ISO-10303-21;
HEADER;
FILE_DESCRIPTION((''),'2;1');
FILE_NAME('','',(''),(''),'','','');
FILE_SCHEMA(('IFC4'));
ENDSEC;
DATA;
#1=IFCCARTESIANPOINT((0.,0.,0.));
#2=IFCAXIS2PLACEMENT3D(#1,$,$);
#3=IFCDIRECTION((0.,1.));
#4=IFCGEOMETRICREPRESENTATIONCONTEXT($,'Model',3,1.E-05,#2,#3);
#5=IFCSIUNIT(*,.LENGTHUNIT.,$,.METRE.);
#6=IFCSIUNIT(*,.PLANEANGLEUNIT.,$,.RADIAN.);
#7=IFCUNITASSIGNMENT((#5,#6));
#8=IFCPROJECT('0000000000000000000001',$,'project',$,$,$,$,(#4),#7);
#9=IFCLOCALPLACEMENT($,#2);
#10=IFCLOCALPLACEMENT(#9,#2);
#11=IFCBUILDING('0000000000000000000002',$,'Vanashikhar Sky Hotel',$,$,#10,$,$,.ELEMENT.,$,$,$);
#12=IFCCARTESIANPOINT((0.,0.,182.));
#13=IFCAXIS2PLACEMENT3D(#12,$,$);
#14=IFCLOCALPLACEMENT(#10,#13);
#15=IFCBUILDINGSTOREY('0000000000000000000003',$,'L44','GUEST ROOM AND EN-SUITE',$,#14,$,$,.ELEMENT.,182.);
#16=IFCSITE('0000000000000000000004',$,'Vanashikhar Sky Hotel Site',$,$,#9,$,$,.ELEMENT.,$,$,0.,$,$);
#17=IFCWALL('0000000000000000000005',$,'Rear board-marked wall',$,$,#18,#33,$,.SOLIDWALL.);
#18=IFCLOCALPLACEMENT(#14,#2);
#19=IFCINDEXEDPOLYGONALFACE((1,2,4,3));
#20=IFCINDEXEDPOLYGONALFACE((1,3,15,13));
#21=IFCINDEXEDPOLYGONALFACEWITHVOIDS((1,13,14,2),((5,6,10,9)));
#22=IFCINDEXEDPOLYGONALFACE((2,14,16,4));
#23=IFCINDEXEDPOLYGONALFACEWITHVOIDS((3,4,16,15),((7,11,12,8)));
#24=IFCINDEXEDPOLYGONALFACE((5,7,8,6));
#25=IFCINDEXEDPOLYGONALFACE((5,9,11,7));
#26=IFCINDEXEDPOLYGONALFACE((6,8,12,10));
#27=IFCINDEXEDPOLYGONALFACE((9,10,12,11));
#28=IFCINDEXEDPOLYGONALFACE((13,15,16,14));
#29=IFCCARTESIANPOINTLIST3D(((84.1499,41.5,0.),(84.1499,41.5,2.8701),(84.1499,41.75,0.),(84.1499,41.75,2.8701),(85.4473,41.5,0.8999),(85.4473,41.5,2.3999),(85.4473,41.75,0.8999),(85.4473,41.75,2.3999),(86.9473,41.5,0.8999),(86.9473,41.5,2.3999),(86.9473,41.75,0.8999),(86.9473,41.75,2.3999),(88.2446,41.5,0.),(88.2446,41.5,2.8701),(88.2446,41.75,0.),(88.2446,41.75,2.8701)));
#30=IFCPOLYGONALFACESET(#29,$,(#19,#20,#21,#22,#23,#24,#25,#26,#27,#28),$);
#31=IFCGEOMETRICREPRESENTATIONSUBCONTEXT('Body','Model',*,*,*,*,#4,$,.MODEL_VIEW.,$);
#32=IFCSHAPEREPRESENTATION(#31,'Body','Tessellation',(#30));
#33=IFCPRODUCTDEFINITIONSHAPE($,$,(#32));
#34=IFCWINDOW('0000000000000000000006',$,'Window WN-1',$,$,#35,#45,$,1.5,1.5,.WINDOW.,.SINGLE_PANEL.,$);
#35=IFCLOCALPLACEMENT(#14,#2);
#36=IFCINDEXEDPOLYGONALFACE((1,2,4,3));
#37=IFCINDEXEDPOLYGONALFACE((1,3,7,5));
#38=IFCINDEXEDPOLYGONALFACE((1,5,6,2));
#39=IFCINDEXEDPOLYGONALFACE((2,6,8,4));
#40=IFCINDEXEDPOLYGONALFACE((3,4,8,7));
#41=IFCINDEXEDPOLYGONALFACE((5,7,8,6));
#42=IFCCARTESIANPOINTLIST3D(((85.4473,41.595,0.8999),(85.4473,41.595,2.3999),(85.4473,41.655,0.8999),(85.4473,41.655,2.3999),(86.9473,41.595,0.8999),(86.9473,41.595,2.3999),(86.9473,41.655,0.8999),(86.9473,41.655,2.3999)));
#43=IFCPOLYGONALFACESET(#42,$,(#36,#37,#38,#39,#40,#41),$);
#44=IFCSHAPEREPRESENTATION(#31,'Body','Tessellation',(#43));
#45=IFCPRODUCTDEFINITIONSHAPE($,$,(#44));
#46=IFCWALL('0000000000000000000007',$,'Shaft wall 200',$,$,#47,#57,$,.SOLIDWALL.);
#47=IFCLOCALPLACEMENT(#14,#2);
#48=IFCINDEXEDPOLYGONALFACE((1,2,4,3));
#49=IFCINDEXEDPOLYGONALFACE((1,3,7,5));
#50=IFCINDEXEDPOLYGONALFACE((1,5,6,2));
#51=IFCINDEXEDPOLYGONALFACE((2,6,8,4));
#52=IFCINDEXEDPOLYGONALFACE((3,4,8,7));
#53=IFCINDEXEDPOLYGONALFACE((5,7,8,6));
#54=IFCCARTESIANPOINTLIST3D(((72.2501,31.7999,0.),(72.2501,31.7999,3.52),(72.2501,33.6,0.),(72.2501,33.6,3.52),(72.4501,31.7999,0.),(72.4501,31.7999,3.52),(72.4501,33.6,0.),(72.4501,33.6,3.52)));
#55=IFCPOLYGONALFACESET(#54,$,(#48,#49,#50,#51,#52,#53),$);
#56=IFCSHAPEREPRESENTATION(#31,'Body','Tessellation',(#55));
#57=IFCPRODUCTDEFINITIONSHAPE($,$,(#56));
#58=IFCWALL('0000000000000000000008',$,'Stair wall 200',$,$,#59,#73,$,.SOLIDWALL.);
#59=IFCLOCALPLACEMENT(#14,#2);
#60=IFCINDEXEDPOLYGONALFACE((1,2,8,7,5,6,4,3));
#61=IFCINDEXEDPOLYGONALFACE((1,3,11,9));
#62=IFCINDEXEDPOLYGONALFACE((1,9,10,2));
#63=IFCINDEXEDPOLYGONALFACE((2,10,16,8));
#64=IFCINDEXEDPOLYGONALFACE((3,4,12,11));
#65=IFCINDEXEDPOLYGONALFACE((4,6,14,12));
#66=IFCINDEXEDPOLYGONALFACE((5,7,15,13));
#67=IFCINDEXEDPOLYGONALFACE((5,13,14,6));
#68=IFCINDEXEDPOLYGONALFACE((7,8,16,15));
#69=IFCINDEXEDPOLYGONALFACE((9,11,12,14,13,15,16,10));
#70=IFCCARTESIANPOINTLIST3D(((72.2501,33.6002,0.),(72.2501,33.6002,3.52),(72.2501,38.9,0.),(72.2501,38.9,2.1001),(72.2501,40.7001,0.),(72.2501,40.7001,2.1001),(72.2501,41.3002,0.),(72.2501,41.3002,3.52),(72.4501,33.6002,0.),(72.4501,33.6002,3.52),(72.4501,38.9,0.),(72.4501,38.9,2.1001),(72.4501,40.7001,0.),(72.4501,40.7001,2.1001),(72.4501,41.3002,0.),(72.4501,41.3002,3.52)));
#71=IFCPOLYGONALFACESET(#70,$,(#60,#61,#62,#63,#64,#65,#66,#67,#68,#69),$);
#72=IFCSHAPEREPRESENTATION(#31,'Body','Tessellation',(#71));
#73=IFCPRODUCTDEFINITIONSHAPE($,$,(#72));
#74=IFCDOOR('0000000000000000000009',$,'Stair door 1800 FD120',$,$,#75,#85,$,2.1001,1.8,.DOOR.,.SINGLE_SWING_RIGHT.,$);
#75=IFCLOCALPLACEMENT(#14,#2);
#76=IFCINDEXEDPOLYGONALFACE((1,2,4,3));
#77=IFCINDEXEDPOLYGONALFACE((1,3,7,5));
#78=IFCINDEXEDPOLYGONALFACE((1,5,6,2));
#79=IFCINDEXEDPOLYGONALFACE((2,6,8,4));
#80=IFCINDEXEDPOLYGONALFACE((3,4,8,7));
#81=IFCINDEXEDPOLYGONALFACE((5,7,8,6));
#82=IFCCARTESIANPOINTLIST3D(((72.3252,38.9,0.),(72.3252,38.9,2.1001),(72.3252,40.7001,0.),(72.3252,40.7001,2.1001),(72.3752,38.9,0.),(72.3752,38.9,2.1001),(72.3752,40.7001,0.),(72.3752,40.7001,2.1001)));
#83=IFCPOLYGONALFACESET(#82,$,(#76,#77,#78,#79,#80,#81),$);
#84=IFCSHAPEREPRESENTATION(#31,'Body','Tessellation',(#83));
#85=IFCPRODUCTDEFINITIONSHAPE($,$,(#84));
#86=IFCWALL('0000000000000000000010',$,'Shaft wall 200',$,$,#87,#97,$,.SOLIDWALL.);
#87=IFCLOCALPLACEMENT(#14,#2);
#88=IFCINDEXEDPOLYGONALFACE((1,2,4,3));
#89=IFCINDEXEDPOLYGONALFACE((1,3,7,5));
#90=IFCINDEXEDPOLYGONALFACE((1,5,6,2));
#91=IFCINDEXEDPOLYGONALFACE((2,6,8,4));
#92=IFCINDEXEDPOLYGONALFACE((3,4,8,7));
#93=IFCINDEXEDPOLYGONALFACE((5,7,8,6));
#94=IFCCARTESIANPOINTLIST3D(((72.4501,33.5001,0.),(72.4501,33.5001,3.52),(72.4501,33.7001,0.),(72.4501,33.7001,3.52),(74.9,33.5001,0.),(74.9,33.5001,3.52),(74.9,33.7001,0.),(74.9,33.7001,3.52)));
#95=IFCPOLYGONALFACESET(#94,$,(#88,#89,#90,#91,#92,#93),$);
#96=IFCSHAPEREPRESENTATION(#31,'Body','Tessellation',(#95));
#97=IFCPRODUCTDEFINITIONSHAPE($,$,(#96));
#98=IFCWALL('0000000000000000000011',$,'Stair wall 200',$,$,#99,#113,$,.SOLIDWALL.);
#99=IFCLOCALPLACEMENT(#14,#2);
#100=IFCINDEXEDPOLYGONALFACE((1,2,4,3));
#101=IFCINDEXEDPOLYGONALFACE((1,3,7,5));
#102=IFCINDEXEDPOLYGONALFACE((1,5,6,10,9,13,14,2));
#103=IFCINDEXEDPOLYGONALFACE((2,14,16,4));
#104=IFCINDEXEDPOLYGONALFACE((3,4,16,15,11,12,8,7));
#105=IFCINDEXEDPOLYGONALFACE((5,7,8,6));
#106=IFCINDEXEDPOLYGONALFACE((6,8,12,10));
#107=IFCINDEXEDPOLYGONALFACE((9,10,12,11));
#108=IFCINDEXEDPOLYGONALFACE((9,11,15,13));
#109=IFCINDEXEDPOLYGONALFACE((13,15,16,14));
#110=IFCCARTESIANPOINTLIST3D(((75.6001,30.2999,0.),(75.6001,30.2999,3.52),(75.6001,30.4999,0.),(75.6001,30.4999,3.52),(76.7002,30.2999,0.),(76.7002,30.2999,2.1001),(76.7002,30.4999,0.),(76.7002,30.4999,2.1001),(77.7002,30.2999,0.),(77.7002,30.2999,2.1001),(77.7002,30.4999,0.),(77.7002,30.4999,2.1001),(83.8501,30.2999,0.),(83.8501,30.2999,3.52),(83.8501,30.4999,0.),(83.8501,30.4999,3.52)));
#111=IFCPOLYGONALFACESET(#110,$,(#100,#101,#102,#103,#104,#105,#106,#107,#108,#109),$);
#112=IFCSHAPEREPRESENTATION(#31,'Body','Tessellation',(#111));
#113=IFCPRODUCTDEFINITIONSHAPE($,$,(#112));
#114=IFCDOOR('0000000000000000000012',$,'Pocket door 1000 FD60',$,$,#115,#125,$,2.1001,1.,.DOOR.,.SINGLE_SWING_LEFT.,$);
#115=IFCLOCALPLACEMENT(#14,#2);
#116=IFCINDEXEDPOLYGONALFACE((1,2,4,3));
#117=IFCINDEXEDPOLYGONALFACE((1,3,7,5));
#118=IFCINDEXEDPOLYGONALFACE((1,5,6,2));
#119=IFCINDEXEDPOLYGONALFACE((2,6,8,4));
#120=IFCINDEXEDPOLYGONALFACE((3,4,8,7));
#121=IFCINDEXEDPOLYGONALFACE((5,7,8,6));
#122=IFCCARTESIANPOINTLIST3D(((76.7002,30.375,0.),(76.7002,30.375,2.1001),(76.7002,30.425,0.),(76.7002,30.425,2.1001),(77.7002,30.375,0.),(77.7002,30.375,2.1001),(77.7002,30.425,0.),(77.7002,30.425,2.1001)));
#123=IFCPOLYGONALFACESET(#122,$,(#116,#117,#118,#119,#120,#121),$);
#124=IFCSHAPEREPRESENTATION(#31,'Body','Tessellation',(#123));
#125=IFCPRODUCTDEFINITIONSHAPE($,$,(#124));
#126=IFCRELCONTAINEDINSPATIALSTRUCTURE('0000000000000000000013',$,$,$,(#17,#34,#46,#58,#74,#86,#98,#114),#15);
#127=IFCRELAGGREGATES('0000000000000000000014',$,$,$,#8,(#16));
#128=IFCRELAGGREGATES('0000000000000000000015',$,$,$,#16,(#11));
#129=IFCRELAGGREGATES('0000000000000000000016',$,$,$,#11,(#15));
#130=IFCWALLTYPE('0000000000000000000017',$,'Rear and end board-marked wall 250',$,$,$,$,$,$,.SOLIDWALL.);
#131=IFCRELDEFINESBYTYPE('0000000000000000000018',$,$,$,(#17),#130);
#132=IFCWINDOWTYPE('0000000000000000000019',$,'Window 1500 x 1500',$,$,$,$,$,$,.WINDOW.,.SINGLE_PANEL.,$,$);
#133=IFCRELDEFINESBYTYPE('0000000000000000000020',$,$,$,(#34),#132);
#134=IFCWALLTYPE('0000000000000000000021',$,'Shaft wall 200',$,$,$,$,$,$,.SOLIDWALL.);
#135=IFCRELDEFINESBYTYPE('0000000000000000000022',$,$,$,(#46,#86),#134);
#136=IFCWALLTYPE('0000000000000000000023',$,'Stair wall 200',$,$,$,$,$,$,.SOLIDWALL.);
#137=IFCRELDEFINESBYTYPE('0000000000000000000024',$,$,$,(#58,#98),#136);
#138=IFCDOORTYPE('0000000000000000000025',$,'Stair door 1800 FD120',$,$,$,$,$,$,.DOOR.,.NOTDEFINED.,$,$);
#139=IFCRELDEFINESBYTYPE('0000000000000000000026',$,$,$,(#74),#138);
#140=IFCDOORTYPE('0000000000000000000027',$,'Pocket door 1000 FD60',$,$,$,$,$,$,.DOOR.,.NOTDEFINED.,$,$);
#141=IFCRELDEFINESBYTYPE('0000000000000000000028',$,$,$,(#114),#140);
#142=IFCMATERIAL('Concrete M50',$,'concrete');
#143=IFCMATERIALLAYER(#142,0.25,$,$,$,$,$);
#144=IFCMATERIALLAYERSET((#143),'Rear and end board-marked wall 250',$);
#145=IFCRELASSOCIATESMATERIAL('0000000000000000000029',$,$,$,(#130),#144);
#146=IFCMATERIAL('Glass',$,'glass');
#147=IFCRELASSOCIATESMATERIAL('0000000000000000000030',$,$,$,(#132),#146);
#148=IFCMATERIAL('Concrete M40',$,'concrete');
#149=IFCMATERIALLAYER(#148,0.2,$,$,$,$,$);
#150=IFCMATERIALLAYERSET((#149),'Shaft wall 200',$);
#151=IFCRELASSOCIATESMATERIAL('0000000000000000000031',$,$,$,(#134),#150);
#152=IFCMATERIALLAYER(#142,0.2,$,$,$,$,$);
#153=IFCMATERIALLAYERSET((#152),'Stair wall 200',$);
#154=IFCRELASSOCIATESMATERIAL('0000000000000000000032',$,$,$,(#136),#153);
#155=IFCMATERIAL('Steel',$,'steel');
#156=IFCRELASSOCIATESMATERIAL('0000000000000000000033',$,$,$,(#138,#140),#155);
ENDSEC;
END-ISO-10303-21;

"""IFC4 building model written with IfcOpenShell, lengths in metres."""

from ifc_helpers import new_model, si_unit, direction, frame, frame_2d, origin, place, context, subcontext, project, spatial, rectangle, extrude, source, transform, mapped, material, layer, layer_set, type_object, element, fill, save


model = new_model("IFC4")

# Units and contexts
model_context = context("Model", 3, precision=1e-05, world=origin(), true_north=direction((0.0, 1.0)))
body_context = subcontext(model_context, "Body", "Model", "MODEL_VIEW")
ifc_project = project(units=[si_unit("LENGTHUNIT", "METRE"), si_unit("PLANEANGLEUNIT", "RADIAN")], contexts=[model_context])

# Site, building, storey
site_placement = place(None, origin())
site = spatial("IfcSite", under=ifc_project, at=site_placement, Name="Vanashikhar Sky Hotel Site", CompositionType="ELEMENT", RefElevation=0.0)
building_placement = place(site_placement, origin())
building = spatial("IfcBuilding", under=site, at=building_placement, Name="Vanashikhar Sky Hotel", CompositionType="ELEMENT")
storey_placement = place(building_placement, frame((0.0, 0.0, 182.0)))
storey = spatial("IfcBuildingStorey", under=building, at=storey_placement, Name="L44", Description="GUEST ROOM AND EN-SUITE", CompositionType="ELEMENT", Elevation=182.0)

# Shared definitions
ifc_material_1 = material(Name="Concrete M50", Category="concrete")
ifc_material_2 = material(Name="Glass", Category="glass")

# Shared definitions
ifc_layer_1 = layer(ifc_material_1, 0.25)
ifc_layer_set_1 = layer_set([ifc_layer_1], Name="Rear and end board-marked wall 250")
wall_type_1 = type_object("IfcWallType", Name="Rear and end board-marked wall 250", PredefinedType="SOLIDWALL", material=ifc_layer_set_1)

# Wall, opening, window
shared_shape_1 = source(origin(), body_context, "Body", "SweptSolid", [
    extrude(rectangle(XDim=4.0947, YDim=0.25, at=frame_2d((2.0474, 0.0))), origin(), (0.0, 0.0, 1.0), 2.8701),
])
wall_1_placement = place(storey_placement, frame((88.2446, 41.625, 0.0), z_axis=(0.0, 0.0, 1.0), x_axis=(-1.0, 0.0, 0.0)))
wall_1 = element("IfcWall", 1, at=wall_1_placement, inside=storey, type_object=wall_type_1, Name="Rear board-marked wall", PredefinedType="SOLIDWALL", context=body_context, shape_type="MappedRepresentation", body=[
    mapped(shared_shape_1, transform((0.0, 0.0, 0.0), scale=1.0)),
])
shared_shape_2 = source(origin(), body_context, "Body", "SweptSolid", [
    extrude(rectangle(XDim=1.5, YDim=1.5, at=frame_2d((0.75, 0.75))), frame((0.0, 0.135, 0.0), z_axis=(0.0, -1.0, 0.0), x_axis=(1.0, 0.0, 0.0)), (0.0, 0.0, 1.0), 0.27),
])
opening_1_placement = place(wall_1_placement, frame((1.2974, 0.0, 0.8999)))
opening_1 = element("IfcOpeningElement", 2, at=opening_1_placement, cuts=wall_1, PredefinedType="OPENING", context=body_context, shape_type="MappedRepresentation", body=[
    mapped(shared_shape_2, transform((0.0, 0.0, 0.0), scale=1.0)),
])
window_type_1 = type_object("IfcWindowType", Name="Window 1500 x 1500", PartitioningType="SINGLE_PANEL", PredefinedType="WINDOW", material=ifc_material_2)
shared_shape_3 = source(origin(), body_context, "Body", "SweptSolid", [
    extrude(rectangle(XDim=1.5, YDim=1.5, at=frame_2d((0.75, 0.75))), frame((0.0, 0.03, 0.0), z_axis=(0.0, -1.0, 0.0), x_axis=(1.0, 0.0, 0.0)), (0.0, 0.0, 1.0), 0.0601),
])
window_1_placement = place(opening_1_placement, origin())
window_1 = element("IfcWindow", 3, at=window_1_placement, inside=storey, type_object=window_type_1, Name="Window WN-1", OverallHeight=1.5, OverallWidth=1.5, PartitioningType="SINGLE_PANEL", PredefinedType="WINDOW", context=body_context, shape_type="MappedRepresentation", body=[
    mapped(shared_shape_3, transform((0.0, 0.0, 0.0), scale=1.0)),
])
fill(opening_1, window_1)

# Wall
ifc_material_3 = material(Name="Concrete M40", Category="concrete")
ifc_layer_2 = layer(ifc_material_3, 0.2)
ifc_layer_set_2 = layer_set([ifc_layer_2], Name="Shaft wall 200")
wall_type_2 = type_object("IfcWallType", Name="Shaft wall 200", PredefinedType="SOLIDWALL", material=ifc_layer_set_2)
shared_shape_4 = source(origin(), body_context, "Body", "SweptSolid", [
    extrude(rectangle(XDim=1.8, YDim=0.2, at=frame_2d((0.8999, 0.0))), origin(), (0.0, 0.0, 1.0), 3.52),
])
wall_2_placement = place(storey_placement, frame((72.3501, 31.8, 0.0), z_axis=(0.0, 0.0, 1.0), x_axis=(0.0, 1.0, 0.0)))
element("IfcWall", 4, at=wall_2_placement, inside=storey, type_object=wall_type_2, Name="Shaft wall 200", PredefinedType="SOLIDWALL", context=body_context, shape_type="MappedRepresentation", body=[
    mapped(shared_shape_4, transform((0.0, 0.0, 0.0), scale=1.0)),
])

# Wall, opening, door
ifc_layer_3 = layer(ifc_material_1, 0.2)
ifc_layer_set_3 = layer_set([ifc_layer_3], Name="Stair wall 200")
wall_type_3 = type_object("IfcWallType", Name="Stair wall 200", PredefinedType="SOLIDWALL", material=ifc_layer_set_3)
shared_shape_5 = source(origin(), body_context, "Body", "SweptSolid", [
    extrude(rectangle(XDim=7.7, YDim=0.2, at=frame_2d((3.8501, 0.0))), origin(), (0.0, 0.0, 1.0), 3.52),
])
wall_3_placement = place(storey_placement, frame((72.3501, 33.6001, 0.0), z_axis=(0.0, 0.0, 1.0), x_axis=(0.0, 1.0, 0.0)))
wall_3 = element("IfcWall", 5, at=wall_3_placement, inside=storey, type_object=wall_type_3, Name="Stair wall 200", PredefinedType="SOLIDWALL", context=body_context, shape_type="MappedRepresentation", body=[
    mapped(shared_shape_5, transform((0.0, 0.0, 0.0), scale=1.0)),
])
shared_shape_6 = source(origin(), body_context, "Body", "SweptSolid", [
    extrude(rectangle(XDim=1.8, YDim=2.1001, at=frame_2d((0.8999, 1.05))), frame((0.0, 0.1099, 0.0), z_axis=(0.0, -1.0, 0.0), x_axis=(1.0, 0.0, 0.0)), (0.0, 0.0, 1.0), 0.22),
])
opening_2_placement = place(wall_3_placement, frame((5.3, 0.0, 0.0)))
opening_2 = element("IfcOpeningElement", 6, at=opening_2_placement, cuts=wall_3, PredefinedType="OPENING", context=body_context, shape_type="MappedRepresentation", body=[
    mapped(shared_shape_6, transform((0.0, 0.0, 0.0), scale=1.0)),
])
ifc_material_4 = material(Name="Steel", Category="steel")
door_type_1 = type_object("IfcDoorType", Name="Stair door 1800 FD120", OperationType="NOTDEFINED", PredefinedType="DOOR", material=ifc_material_4)
shared_shape_7 = source(origin(), body_context, "Body", "SweptSolid", [
    extrude(rectangle(XDim=1.8, YDim=2.1001, at=frame_2d((0.8999, 1.05))), frame((0.0, 0.0249, 0.0), z_axis=(0.0, -1.0, 0.0), x_axis=(1.0, 0.0, 0.0)), (0.0, 0.0, 1.0), 0.05),
])
door_1_placement = place(opening_2_placement, origin())
door_1 = element("IfcDoor", 7, at=door_1_placement, inside=storey, type_object=door_type_1, Name="Stair door 1800 FD120", OperationType="SINGLE_SWING_RIGHT", OverallHeight=2.1001, OverallWidth=1.8, PredefinedType="DOOR", context=body_context, shape_type="MappedRepresentation", body=[
    mapped(shared_shape_7, transform((0.0, 0.0, 0.0), scale=1.0)),
])
fill(opening_2, door_1)

# Wall
shared_shape_8 = source(origin(), body_context, "Body", "SweptSolid", [
    extrude(rectangle(XDim=2.45, YDim=0.2, at=frame_2d((1.2251, 0.0))), origin(), (0.0, 0.0, 1.0), 3.52),
])
wall_4_placement = place(storey_placement, frame((72.45, 33.6001, 0.0), z_axis=(0.0, 0.0, 1.0), x_axis=(1.0, 0.0, 0.0)))
element("IfcWall", 8, at=wall_4_placement, inside=storey, type_object=wall_type_2, Name="Shaft wall 200", PredefinedType="SOLIDWALL", context=body_context, shape_type="MappedRepresentation", body=[
    mapped(shared_shape_8, transform((0.0, 0.0, 0.0), scale=1.0)),
])

# Wall, opening, door
shared_shape_9 = source(origin(), body_context, "Body", "SweptSolid", [
    extrude(rectangle(XDim=8.25, YDim=0.2, at=frame_2d((4.125, 0.0))), origin(), (0.0, 0.0, 1.0), 3.52),
])
wall_5_placement = place(storey_placement, frame((83.8501, 30.3999, 0.0), z_axis=(0.0, 0.0, 1.0), x_axis=(-1.0, 0.0, 0.0)))
wall_5 = element("IfcWall", 9, at=wall_5_placement, inside=storey, type_object=wall_type_3, Name="Stair wall 200", PredefinedType="SOLIDWALL", context=body_context, shape_type="MappedRepresentation", body=[
    mapped(shared_shape_9, transform((0.0, 0.0, 0.0), scale=1.0)),
])
shared_shape_10 = source(origin(), body_context, "Body", "SweptSolid", [
    extrude(rectangle(XDim=1.0, YDim=2.1001, at=frame_2d((0.5, 1.05))), frame((0.0, 0.1099, 0.0), z_axis=(0.0, -1.0, 0.0), x_axis=(1.0, 0.0, 0.0)), (0.0, 0.0, 1.0), 0.22),
])
opening_3_placement = place(wall_5_placement, frame((6.1499, 0.0, 0.0)))
opening_3 = element("IfcOpeningElement", 10, at=opening_3_placement, cuts=wall_5, PredefinedType="OPENING", context=body_context, shape_type="MappedRepresentation", body=[
    mapped(shared_shape_10, transform((0.0, 0.0, 0.0), scale=1.0)),
])
door_type_2 = type_object("IfcDoorType", Name="Pocket door 1000 FD60", OperationType="NOTDEFINED", PredefinedType="DOOR", material=ifc_material_4)
shared_shape_11 = source(origin(), body_context, "Body", "SweptSolid", [
    extrude(rectangle(XDim=1.0, YDim=2.1001, at=frame_2d((0.5, 1.05))), frame((0.0, 0.0249, 0.0), z_axis=(0.0, -1.0, 0.0), x_axis=(1.0, 0.0, 0.0)), (0.0, 0.0, 1.0), 0.05),
])
door_2_placement = place(opening_3_placement, origin())
door_2 = element("IfcDoor", 11, at=door_2_placement, inside=storey, type_object=door_type_2, Name="Pocket door 1000 FD60", OperationType="SINGLE_SWING_LEFT", OverallHeight=2.1001, OverallWidth=1.0, PredefinedType="DOOR", context=body_context, shape_type="MappedRepresentation", body=[
    mapped(shared_shape_11, transform((0.0, 0.0, 0.0), scale=1.0)),
])
fill(opening_3, door_2)

save(model, "model.ifc")
